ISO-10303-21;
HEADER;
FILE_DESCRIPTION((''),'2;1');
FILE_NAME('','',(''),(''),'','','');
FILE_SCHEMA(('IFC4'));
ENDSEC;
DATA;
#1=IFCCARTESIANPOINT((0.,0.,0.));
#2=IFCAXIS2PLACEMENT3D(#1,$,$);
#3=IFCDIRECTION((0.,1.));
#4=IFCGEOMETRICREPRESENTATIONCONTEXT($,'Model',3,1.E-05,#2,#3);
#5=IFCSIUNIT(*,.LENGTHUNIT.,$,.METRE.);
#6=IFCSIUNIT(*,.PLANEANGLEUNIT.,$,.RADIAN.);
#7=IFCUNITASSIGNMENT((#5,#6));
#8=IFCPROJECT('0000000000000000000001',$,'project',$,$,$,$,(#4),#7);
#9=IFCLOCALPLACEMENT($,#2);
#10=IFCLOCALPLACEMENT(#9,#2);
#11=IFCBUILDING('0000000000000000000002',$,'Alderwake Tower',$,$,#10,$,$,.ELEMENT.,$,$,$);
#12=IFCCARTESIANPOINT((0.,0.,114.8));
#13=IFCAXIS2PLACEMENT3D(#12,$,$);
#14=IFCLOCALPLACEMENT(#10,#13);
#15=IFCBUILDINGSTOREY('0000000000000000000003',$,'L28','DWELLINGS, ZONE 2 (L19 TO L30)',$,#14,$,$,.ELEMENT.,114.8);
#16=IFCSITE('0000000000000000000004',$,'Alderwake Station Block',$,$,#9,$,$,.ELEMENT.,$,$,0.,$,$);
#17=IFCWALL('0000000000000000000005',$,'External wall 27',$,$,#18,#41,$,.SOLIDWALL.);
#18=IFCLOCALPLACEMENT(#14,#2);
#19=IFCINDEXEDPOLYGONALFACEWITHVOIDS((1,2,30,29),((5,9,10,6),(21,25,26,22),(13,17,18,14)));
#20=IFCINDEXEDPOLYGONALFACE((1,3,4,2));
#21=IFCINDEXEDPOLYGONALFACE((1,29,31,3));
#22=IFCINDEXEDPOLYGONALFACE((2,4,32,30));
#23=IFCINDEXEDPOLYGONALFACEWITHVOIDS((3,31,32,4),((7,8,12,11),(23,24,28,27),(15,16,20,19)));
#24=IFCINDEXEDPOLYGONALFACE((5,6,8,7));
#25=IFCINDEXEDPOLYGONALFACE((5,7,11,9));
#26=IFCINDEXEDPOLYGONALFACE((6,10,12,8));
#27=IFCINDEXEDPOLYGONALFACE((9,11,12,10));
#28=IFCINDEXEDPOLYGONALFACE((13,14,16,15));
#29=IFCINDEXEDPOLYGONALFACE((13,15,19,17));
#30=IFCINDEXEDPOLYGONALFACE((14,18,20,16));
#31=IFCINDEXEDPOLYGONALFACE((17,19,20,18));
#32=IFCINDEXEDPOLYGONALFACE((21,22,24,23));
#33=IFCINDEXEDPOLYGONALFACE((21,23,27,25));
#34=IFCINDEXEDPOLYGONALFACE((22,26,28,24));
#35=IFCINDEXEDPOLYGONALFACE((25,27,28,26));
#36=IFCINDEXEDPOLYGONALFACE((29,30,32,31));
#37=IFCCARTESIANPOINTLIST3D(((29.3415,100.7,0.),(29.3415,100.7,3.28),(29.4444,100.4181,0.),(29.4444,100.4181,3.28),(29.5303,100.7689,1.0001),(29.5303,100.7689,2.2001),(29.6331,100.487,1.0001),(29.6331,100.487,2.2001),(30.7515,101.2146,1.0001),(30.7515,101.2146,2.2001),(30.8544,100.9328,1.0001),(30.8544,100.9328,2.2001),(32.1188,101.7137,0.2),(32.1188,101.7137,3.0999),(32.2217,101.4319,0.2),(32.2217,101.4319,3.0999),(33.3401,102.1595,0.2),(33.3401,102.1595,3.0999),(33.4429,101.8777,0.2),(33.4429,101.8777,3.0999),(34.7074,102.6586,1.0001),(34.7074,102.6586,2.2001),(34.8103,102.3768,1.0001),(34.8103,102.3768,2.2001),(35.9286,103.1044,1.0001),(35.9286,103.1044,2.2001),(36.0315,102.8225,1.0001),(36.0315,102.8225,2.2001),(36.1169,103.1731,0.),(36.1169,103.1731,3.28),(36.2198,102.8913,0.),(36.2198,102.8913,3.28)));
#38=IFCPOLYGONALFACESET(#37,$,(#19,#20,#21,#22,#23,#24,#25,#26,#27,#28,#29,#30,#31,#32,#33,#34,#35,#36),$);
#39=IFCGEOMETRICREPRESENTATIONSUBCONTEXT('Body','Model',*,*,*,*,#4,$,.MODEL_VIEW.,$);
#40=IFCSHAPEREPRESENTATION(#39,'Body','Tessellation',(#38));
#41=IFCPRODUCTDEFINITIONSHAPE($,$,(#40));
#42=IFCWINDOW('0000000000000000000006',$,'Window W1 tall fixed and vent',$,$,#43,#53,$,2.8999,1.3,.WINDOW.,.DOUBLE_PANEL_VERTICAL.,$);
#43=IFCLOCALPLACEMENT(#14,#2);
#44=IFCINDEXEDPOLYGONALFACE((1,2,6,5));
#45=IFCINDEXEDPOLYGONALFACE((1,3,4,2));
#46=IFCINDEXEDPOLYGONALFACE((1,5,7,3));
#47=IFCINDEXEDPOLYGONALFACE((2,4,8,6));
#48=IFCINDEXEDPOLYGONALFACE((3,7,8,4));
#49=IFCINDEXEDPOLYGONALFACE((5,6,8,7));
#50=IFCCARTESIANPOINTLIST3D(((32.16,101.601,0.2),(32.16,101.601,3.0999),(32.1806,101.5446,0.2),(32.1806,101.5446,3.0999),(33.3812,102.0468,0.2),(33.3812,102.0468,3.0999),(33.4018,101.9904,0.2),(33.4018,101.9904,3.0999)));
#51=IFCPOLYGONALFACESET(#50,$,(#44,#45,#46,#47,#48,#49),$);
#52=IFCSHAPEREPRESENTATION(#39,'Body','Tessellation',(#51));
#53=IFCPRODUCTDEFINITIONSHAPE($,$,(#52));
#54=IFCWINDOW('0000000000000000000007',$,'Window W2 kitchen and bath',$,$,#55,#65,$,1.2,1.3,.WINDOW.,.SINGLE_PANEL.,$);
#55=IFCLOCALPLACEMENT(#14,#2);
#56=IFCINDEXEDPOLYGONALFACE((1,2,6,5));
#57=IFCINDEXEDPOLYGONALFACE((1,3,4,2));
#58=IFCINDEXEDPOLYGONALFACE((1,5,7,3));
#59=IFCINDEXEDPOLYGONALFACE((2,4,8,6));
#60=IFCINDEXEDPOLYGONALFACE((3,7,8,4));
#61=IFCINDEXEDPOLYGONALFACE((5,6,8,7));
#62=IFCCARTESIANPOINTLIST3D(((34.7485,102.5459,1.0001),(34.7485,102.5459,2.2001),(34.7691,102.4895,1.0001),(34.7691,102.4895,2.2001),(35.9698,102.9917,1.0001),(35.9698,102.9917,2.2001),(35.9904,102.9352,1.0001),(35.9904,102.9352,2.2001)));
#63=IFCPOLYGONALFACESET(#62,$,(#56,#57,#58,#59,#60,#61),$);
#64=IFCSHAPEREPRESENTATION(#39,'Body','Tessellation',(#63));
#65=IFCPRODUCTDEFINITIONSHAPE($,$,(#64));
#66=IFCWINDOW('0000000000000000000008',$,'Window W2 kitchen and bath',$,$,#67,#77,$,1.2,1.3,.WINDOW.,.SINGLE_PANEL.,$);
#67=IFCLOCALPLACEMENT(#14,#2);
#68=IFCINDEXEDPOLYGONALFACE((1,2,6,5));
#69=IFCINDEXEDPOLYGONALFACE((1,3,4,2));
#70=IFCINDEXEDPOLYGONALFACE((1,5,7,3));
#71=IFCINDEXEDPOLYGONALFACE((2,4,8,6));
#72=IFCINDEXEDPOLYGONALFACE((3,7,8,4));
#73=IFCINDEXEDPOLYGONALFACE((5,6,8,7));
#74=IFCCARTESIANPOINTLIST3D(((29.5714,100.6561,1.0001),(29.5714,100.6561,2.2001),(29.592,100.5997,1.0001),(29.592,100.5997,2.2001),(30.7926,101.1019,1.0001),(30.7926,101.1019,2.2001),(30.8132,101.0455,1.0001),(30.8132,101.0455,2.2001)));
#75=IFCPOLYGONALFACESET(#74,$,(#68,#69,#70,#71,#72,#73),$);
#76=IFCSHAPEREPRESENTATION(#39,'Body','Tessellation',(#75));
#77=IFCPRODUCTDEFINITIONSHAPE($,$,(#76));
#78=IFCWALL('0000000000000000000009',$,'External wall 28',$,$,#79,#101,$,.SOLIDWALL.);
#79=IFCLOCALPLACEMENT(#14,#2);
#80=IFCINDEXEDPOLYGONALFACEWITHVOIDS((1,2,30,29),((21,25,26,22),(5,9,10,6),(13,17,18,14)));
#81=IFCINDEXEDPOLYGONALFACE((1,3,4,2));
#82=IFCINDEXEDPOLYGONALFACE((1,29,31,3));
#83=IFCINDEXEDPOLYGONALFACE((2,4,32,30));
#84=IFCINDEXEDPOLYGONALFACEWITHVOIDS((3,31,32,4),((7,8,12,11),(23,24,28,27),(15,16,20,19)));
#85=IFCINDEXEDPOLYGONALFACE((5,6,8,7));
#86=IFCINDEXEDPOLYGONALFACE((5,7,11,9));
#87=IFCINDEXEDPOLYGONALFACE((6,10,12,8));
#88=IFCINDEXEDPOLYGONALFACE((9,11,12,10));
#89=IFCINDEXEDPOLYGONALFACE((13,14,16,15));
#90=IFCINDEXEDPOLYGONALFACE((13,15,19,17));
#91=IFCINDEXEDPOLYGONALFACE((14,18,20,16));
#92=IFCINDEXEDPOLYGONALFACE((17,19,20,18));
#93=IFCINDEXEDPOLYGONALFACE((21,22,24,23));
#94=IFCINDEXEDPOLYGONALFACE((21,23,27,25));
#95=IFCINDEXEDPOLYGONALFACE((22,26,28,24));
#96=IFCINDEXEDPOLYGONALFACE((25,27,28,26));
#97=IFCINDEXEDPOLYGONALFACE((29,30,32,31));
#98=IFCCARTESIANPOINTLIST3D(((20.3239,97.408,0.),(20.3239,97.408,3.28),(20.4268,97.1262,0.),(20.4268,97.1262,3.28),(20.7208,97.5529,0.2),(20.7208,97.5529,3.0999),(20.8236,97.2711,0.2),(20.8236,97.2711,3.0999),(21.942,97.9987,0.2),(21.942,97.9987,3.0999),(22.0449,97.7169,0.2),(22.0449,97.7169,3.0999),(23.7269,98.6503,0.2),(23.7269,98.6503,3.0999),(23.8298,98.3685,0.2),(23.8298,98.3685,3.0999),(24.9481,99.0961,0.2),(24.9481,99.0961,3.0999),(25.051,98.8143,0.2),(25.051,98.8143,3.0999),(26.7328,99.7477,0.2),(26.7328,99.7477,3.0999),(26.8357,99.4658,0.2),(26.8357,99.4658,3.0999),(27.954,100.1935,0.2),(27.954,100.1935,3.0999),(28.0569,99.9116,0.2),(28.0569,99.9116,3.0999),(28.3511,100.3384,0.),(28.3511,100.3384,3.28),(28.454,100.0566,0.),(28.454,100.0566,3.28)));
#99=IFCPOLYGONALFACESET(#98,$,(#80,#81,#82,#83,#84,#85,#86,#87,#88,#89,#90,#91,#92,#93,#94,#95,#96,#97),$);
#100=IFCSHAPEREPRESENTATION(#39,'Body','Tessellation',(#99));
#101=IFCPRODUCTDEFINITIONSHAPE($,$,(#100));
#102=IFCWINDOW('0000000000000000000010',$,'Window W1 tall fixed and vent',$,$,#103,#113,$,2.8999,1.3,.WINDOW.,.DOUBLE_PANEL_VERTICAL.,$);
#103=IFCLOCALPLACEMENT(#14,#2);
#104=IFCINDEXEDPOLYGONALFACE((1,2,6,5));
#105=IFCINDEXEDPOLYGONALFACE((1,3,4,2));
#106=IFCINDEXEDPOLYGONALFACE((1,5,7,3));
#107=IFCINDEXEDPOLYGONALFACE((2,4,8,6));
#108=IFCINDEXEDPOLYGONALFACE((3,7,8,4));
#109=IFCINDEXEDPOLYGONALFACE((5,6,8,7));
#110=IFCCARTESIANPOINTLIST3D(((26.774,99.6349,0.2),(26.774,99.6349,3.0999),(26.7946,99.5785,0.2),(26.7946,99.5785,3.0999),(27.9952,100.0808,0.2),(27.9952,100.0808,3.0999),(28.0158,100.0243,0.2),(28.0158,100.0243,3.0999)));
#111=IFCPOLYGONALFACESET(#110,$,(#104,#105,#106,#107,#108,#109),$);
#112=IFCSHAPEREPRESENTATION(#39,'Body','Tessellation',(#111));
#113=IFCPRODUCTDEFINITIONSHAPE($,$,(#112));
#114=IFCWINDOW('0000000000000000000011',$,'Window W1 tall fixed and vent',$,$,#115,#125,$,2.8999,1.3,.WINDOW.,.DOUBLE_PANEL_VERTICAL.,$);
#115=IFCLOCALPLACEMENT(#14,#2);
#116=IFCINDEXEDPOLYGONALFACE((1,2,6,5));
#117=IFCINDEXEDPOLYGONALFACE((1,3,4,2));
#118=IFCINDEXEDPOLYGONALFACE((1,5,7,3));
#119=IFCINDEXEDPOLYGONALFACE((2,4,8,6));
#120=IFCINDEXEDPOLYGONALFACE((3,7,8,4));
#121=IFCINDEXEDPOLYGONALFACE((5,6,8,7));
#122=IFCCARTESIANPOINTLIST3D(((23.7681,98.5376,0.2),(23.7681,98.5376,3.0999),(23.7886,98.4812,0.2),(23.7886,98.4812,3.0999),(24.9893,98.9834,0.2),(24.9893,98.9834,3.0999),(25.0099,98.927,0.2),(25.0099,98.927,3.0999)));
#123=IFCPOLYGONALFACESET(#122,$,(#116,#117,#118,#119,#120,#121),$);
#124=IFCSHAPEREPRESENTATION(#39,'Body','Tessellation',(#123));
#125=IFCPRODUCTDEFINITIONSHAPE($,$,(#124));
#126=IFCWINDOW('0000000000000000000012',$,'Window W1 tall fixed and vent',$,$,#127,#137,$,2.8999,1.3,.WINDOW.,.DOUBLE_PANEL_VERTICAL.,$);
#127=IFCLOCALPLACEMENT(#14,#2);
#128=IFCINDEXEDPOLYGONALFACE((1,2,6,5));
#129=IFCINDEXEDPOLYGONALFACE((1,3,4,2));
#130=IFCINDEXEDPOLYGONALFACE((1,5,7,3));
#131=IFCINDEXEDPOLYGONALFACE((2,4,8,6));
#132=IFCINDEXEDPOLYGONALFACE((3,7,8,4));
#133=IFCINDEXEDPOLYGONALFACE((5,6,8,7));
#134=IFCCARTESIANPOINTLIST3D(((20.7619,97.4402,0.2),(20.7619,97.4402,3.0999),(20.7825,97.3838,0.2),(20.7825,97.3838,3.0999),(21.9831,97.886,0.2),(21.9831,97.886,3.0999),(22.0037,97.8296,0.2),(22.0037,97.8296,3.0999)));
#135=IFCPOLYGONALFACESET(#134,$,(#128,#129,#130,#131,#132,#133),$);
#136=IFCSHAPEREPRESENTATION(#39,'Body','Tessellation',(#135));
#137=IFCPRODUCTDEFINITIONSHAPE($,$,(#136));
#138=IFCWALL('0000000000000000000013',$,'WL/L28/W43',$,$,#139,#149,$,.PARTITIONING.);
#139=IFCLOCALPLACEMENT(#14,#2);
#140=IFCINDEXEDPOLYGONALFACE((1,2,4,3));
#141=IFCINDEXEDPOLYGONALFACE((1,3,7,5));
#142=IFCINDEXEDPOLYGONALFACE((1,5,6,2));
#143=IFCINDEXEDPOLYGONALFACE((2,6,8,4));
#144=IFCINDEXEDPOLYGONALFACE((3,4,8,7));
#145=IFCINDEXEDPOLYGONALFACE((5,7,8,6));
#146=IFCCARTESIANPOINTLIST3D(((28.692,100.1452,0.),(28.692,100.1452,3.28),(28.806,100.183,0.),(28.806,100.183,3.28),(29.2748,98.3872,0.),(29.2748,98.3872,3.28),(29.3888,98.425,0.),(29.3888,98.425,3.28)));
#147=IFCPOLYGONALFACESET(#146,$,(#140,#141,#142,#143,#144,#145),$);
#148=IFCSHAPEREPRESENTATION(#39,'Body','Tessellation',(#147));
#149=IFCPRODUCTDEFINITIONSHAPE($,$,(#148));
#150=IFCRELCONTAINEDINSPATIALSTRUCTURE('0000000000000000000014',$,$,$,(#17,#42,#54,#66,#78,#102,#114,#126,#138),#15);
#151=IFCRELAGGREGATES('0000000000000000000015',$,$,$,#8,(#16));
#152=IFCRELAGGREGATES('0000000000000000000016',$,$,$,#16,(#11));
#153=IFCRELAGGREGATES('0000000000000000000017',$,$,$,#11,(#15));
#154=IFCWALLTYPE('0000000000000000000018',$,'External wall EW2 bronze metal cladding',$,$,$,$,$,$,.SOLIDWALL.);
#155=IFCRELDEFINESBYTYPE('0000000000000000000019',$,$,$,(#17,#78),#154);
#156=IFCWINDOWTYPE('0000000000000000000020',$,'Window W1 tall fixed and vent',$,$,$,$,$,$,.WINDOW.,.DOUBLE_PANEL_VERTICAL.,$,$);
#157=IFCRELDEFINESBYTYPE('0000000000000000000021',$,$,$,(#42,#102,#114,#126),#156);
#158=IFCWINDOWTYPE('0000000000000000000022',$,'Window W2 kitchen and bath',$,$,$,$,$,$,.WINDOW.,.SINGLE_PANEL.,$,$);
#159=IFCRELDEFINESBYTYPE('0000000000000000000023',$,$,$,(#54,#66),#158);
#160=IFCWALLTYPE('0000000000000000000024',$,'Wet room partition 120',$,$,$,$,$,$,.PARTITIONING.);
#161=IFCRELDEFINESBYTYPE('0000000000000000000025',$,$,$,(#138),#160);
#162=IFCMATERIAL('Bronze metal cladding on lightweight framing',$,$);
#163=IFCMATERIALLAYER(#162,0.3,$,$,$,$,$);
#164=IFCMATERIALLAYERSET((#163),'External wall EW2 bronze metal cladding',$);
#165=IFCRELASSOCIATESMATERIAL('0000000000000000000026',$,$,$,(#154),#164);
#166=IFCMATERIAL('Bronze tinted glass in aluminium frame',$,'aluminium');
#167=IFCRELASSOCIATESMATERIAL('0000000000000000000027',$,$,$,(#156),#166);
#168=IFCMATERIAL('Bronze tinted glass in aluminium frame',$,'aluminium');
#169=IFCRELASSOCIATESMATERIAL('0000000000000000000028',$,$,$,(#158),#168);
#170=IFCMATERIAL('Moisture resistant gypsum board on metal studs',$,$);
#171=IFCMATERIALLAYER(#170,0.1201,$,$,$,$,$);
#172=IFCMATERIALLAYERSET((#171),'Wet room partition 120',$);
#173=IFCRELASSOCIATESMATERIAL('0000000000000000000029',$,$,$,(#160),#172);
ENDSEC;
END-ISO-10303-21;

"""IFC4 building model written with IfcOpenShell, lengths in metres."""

from ifc_helpers import new_model, si_unit, direction, frame, frame_2d, origin, place, context, subcontext, project, spatial, rectangle, extrude, material, layer, layer_set, type_object, element, fill, save


model = new_model("IFC4")

# Units and contexts
model_context = context("Model", 3, precision=1e-05, world=origin(), true_north=direction((0.0, 1.0)))
body_context = subcontext(model_context, "Body", "Model", "MODEL_VIEW")
ifc_project = project(units=[si_unit("LENGTHUNIT", "METRE"), si_unit("PLANEANGLEUNIT", "RADIAN")], contexts=[model_context])

# Site, building, storey
site_placement = place(None, origin())
site = spatial("IfcSite", under=ifc_project, at=site_placement, Name="Alderwake Station Block", CompositionType="ELEMENT", RefElevation=0.0)
building_placement = place(site_placement, origin())
building = spatial("IfcBuilding", under=site, at=building_placement, Name="Alderwake Tower", CompositionType="ELEMENT")
storey_placement = place(building_placement, frame((0.0, 0.0, 114.8)))
storey = spatial("IfcBuildingStorey", under=building, at=storey_placement, Name="L28", Description="DWELLINGS, ZONE 2 (L19 TO L30)", CompositionType="ELEMENT", Elevation=114.8)

# Walls, openings, windows
ifc_material_1 = material(Name="Bronze metal cladding on lightweight framing")
ifc_layer_1 = layer(ifc_material_1, 0.3)
ifc_layer_set_1 = layer_set([ifc_layer_1], Name="External wall EW2 bronze metal cladding")
wall_type_1 = type_object("IfcWallType", Name="External wall EW2 bronze metal cladding", PredefinedType="SOLIDWALL", material=ifc_layer_set_1)
wall_1_placement = place(storey_placement, frame((36.1685, 103.0322, 0.0), z_axis=(0.0, 0.0, 1.0), x_axis=(-0.939376, -0.34289, 0.0)))
wall_1 = element("IfcWall", 1, at=wall_1_placement, inside=storey, type_object=wall_type_1, Name="External wall 27", PredefinedType="SOLIDWALL", context=body_context, shape_type="SweptSolid", body=[
    extrude(rectangle(XDim=7.2126, YDim=0.3, at=frame_2d((3.6064, 0.0))), origin(), (0.0, 0.0, 1.0), 3.28),
])
opening_1_placement = place(wall_1_placement, frame((0.2007, 0.0, 1.0)))
opening_1 = element("IfcOpeningElement", 2, at=opening_1_placement, cuts=wall_1, PredefinedType="OPENING", context=body_context, shape_type="SweptSolid", body=[
    extrude(rectangle(XDim=1.3, YDim=1.2, at=frame_2d((0.6499, 0.6001))), frame((0.0, 0.1599, 0.0), z_axis=(0.0, -1.0, 0.0), x_axis=(1.0, 0.0, 0.0)), (0.0, 0.0, 1.0), 0.3201),
])
opening_2_placement = place(wall_1_placement, frame((2.9563, 0.0, 0.2)))
opening_2 = element("IfcOpeningElement", 3, at=opening_2_placement, cuts=wall_1, PredefinedType="OPENING", context=body_context, shape_type="SweptSolid", body=[
    extrude(rectangle(XDim=1.3, YDim=2.8999, at=frame_2d((0.6499, 1.45))), frame((0.0, 0.1599, 0.0), z_axis=(0.0, -1.0, 0.0), x_axis=(1.0, 0.0, 0.0)), (0.0, 0.0, 1.0), 0.3201),
])
opening_3_placement = place(wall_1_placement, frame((5.7119, 0.0, 1.0)))
opening_3 = element("IfcOpeningElement", 4, at=opening_3_placement, cuts=wall_1, PredefinedType="OPENING", context=body_context, shape_type="SweptSolid", body=[
    extrude(rectangle(XDim=1.3, YDim=1.2, at=frame_2d((0.6499, 0.6001))), frame((0.0, 0.1599, 0.0), z_axis=(0.0, -1.0, 0.0), x_axis=(1.0, 0.0, 0.0)), (0.0, 0.0, 1.0), 0.3201),
])
ifc_material_2 = material(Name="Bronze tinted glass in aluminium frame", Category="aluminium")
window_type_1 = type_object("IfcWindowType", Name="Window W1 tall fixed and vent", PartitioningType="DOUBLE_PANEL_VERTICAL", PredefinedType="WINDOW", material=ifc_material_2)
window_1_placement = place(opening_2_placement, origin())
window_1 = element("IfcWindow", 5, at=window_1_placement, inside=storey, type_object=window_type_1, Name="Window W1 tall fixed and vent", OverallHeight=2.8999, OverallWidth=1.3, PartitioningType="DOUBLE_PANEL_VERTICAL", PredefinedType="WINDOW", context=body_context, shape_type="SweptSolid", body=[
    extrude(rectangle(XDim=1.3, YDim=2.8999, at=frame_2d((0.6499, 1.45))), frame((0.0, 0.03, 0.0), z_axis=(0.0, -1.0, 0.0), x_axis=(1.0, 0.0, 0.0)), (0.0, 0.0, 1.0), 0.0601),
])
fill(opening_2, window_1)
ifc_material_3 = material(Name="Bronze tinted glass in aluminium frame", Category="aluminium")
window_type_2 = type_object("IfcWindowType", Name="Window W2 kitchen and bath", PartitioningType="SINGLE_PANEL", PredefinedType="WINDOW", material=ifc_material_3)
window_2_placement = place(opening_1_placement, origin())
window_2 = element("IfcWindow", 6, at=window_2_placement, inside=storey, type_object=window_type_2, Name="Window W2 kitchen and bath", OverallHeight=1.2, OverallWidth=1.3, PartitioningType="SINGLE_PANEL", PredefinedType="WINDOW", context=body_context, shape_type="SweptSolid", body=[
    extrude(rectangle(XDim=1.3, YDim=1.2, at=frame_2d((0.6499, 0.6001))), frame((0.0, 0.03, 0.0), z_axis=(0.0, -1.0, 0.0), x_axis=(1.0, 0.0, 0.0)), (0.0, 0.0, 1.0), 0.0601),
])
fill(opening_1, window_2)
window_3_placement = place(opening_3_placement, origin())
window_3 = element("IfcWindow", 7, at=window_3_placement, inside=storey, type_object=window_type_2, Name="Window W2 kitchen and bath", OverallHeight=1.2, OverallWidth=1.3, PartitioningType="SINGLE_PANEL", PredefinedType="WINDOW", context=body_context, shape_type="SweptSolid", body=[
    extrude(rectangle(XDim=1.3, YDim=1.2, at=frame_2d((0.6499, 0.6001))), frame((0.0, 0.03, 0.0), z_axis=(0.0, -1.0, 0.0), x_axis=(1.0, 0.0, 0.0)), (0.0, 0.0, 1.0), 0.0601),
])
fill(opening_3, window_3)
wall_2_placement = place(storey_placement, frame((28.4026, 100.1975, 0.0), z_axis=(0.0, 0.0, 1.0), x_axis=(-0.939365, -0.34292, 0.0)))
wall_2 = element("IfcWall", 8, at=wall_2_placement, inside=storey, type_object=wall_type_1, Name="External wall 28", PredefinedType="SOLIDWALL", context=body_context, shape_type="SweptSolid", body=[
    extrude(rectangle(XDim=8.5454, YDim=0.3, at=frame_2d((4.2727, 0.0))), origin(), (0.0, 0.0, 1.0), 3.28),
])
opening_4_placement = place(wall_2_placement, frame((0.4229, 0.0, 0.2)))
opening_4 = element("IfcOpeningElement", 9, at=opening_4_placement, cuts=wall_2, PredefinedType="OPENING", context=body_context, shape_type="SweptSolid", body=[
    extrude(rectangle(XDim=1.3, YDim=2.8999, at=frame_2d((0.6499, 1.45))), frame((0.0, 0.1599, 0.0), z_axis=(0.0, -1.0, 0.0), x_axis=(1.0, 0.0, 0.0)), (0.0, 0.0, 1.0), 0.3201),
])
opening_5_placement = place(wall_2_placement, frame((3.6228, 0.0, 0.2)))
opening_5 = element("IfcOpeningElement", 10, at=opening_5_placement, cuts=wall_2, PredefinedType="OPENING", context=body_context, shape_type="SweptSolid", body=[
    extrude(rectangle(XDim=1.3, YDim=2.8999, at=frame_2d((0.6499, 1.45))), frame((0.0, 0.1599, 0.0), z_axis=(0.0, -1.0, 0.0), x_axis=(1.0, 0.0, 0.0)), (0.0, 0.0, 1.0), 0.3201),
])
opening_6_placement = place(wall_2_placement, frame((6.823, 0.0, 0.2)))
opening_6 = element("IfcOpeningElement", 11, at=opening_6_placement, cuts=wall_2, PredefinedType="OPENING", context=body_context, shape_type="SweptSolid", body=[
    extrude(rectangle(XDim=1.3, YDim=2.8999, at=frame_2d((0.6499, 1.45))), frame((0.0, 0.1599, 0.0), z_axis=(0.0, -1.0, 0.0), x_axis=(1.0, 0.0, 0.0)), (0.0, 0.0, 1.0), 0.3201),
])
window_4_placement = place(opening_4_placement, origin())
window_4 = element("IfcWindow", 12, at=window_4_placement, inside=storey, type_object=window_type_1, Name="Window W1 tall fixed and vent", OverallHeight=2.8999, OverallWidth=1.3, PartitioningType="DOUBLE_PANEL_VERTICAL", PredefinedType="WINDOW", context=body_context, shape_type="SweptSolid", body=[
    extrude(rectangle(XDim=1.3, YDim=2.8999, at=frame_2d((0.6499, 1.45))), frame((0.0, 0.03, 0.0), z_axis=(0.0, -1.0, 0.0), x_axis=(1.0, 0.0, 0.0)), (0.0, 0.0, 1.0), 0.0601),
])
fill(opening_4, window_4)
window_5_placement = place(opening_5_placement, origin())
window_5 = element("IfcWindow", 13, at=window_5_placement, inside=storey, type_object=window_type_1, Name="Window W1 tall fixed and vent", OverallHeight=2.8999, OverallWidth=1.3, PartitioningType="DOUBLE_PANEL_VERTICAL", PredefinedType="WINDOW", context=body_context, shape_type="SweptSolid", body=[
    extrude(rectangle(XDim=1.3, YDim=2.8999, at=frame_2d((0.6499, 1.45))), frame((0.0, 0.03, 0.0), z_axis=(0.0, -1.0, 0.0), x_axis=(1.0, 0.0, 0.0)), (0.0, 0.0, 1.0), 0.0601),
])
fill(opening_5, window_5)
window_6_placement = place(opening_6_placement, origin())
window_6 = element("IfcWindow", 14, at=window_6_placement, inside=storey, type_object=window_type_1, Name="Window W1 tall fixed and vent", OverallHeight=2.8999, OverallWidth=1.3, PartitioningType="DOUBLE_PANEL_VERTICAL", PredefinedType="WINDOW", context=body_context, shape_type="SweptSolid", body=[
    extrude(rectangle(XDim=1.3, YDim=2.8999, at=frame_2d((0.6499, 1.45))), frame((0.0, 0.03, 0.0), z_axis=(0.0, -1.0, 0.0), x_axis=(1.0, 0.0, 0.0)), (0.0, 0.0, 1.0), 0.0601),
])
fill(opening_6, window_6)

# Wall
ifc_material_4 = material(Name="Moisture resistant gypsum board on metal studs")
ifc_layer_2 = layer(ifc_material_4, 0.1201)
ifc_layer_set_2 = layer_set([ifc_layer_2], Name="Wet room partition 120")
wall_type_2 = type_object("IfcWallType", Name="Wet room partition 120", PredefinedType="PARTITIONING", material=ifc_layer_set_2)
wall_3_placement = place(storey_placement, frame((28.749, 100.1641, 0.0), z_axis=(0.0, 0.0, 1.0), x_axis=(0.314646, -0.949209, 0.0)))
element("IfcWall", 15, at=wall_3_placement, inside=storey, type_object=wall_type_2, Name="WL/L28/W43", PredefinedType="PARTITIONING", context=body_context, shape_type="SweptSolid", body=[
    extrude(rectangle(XDim=1.8521, YDim=0.1201, at=frame_2d((0.926, 0.0))), origin(), (0.0, 0.0, 1.0), 3.28),
])

save(model, "model.ifc")
